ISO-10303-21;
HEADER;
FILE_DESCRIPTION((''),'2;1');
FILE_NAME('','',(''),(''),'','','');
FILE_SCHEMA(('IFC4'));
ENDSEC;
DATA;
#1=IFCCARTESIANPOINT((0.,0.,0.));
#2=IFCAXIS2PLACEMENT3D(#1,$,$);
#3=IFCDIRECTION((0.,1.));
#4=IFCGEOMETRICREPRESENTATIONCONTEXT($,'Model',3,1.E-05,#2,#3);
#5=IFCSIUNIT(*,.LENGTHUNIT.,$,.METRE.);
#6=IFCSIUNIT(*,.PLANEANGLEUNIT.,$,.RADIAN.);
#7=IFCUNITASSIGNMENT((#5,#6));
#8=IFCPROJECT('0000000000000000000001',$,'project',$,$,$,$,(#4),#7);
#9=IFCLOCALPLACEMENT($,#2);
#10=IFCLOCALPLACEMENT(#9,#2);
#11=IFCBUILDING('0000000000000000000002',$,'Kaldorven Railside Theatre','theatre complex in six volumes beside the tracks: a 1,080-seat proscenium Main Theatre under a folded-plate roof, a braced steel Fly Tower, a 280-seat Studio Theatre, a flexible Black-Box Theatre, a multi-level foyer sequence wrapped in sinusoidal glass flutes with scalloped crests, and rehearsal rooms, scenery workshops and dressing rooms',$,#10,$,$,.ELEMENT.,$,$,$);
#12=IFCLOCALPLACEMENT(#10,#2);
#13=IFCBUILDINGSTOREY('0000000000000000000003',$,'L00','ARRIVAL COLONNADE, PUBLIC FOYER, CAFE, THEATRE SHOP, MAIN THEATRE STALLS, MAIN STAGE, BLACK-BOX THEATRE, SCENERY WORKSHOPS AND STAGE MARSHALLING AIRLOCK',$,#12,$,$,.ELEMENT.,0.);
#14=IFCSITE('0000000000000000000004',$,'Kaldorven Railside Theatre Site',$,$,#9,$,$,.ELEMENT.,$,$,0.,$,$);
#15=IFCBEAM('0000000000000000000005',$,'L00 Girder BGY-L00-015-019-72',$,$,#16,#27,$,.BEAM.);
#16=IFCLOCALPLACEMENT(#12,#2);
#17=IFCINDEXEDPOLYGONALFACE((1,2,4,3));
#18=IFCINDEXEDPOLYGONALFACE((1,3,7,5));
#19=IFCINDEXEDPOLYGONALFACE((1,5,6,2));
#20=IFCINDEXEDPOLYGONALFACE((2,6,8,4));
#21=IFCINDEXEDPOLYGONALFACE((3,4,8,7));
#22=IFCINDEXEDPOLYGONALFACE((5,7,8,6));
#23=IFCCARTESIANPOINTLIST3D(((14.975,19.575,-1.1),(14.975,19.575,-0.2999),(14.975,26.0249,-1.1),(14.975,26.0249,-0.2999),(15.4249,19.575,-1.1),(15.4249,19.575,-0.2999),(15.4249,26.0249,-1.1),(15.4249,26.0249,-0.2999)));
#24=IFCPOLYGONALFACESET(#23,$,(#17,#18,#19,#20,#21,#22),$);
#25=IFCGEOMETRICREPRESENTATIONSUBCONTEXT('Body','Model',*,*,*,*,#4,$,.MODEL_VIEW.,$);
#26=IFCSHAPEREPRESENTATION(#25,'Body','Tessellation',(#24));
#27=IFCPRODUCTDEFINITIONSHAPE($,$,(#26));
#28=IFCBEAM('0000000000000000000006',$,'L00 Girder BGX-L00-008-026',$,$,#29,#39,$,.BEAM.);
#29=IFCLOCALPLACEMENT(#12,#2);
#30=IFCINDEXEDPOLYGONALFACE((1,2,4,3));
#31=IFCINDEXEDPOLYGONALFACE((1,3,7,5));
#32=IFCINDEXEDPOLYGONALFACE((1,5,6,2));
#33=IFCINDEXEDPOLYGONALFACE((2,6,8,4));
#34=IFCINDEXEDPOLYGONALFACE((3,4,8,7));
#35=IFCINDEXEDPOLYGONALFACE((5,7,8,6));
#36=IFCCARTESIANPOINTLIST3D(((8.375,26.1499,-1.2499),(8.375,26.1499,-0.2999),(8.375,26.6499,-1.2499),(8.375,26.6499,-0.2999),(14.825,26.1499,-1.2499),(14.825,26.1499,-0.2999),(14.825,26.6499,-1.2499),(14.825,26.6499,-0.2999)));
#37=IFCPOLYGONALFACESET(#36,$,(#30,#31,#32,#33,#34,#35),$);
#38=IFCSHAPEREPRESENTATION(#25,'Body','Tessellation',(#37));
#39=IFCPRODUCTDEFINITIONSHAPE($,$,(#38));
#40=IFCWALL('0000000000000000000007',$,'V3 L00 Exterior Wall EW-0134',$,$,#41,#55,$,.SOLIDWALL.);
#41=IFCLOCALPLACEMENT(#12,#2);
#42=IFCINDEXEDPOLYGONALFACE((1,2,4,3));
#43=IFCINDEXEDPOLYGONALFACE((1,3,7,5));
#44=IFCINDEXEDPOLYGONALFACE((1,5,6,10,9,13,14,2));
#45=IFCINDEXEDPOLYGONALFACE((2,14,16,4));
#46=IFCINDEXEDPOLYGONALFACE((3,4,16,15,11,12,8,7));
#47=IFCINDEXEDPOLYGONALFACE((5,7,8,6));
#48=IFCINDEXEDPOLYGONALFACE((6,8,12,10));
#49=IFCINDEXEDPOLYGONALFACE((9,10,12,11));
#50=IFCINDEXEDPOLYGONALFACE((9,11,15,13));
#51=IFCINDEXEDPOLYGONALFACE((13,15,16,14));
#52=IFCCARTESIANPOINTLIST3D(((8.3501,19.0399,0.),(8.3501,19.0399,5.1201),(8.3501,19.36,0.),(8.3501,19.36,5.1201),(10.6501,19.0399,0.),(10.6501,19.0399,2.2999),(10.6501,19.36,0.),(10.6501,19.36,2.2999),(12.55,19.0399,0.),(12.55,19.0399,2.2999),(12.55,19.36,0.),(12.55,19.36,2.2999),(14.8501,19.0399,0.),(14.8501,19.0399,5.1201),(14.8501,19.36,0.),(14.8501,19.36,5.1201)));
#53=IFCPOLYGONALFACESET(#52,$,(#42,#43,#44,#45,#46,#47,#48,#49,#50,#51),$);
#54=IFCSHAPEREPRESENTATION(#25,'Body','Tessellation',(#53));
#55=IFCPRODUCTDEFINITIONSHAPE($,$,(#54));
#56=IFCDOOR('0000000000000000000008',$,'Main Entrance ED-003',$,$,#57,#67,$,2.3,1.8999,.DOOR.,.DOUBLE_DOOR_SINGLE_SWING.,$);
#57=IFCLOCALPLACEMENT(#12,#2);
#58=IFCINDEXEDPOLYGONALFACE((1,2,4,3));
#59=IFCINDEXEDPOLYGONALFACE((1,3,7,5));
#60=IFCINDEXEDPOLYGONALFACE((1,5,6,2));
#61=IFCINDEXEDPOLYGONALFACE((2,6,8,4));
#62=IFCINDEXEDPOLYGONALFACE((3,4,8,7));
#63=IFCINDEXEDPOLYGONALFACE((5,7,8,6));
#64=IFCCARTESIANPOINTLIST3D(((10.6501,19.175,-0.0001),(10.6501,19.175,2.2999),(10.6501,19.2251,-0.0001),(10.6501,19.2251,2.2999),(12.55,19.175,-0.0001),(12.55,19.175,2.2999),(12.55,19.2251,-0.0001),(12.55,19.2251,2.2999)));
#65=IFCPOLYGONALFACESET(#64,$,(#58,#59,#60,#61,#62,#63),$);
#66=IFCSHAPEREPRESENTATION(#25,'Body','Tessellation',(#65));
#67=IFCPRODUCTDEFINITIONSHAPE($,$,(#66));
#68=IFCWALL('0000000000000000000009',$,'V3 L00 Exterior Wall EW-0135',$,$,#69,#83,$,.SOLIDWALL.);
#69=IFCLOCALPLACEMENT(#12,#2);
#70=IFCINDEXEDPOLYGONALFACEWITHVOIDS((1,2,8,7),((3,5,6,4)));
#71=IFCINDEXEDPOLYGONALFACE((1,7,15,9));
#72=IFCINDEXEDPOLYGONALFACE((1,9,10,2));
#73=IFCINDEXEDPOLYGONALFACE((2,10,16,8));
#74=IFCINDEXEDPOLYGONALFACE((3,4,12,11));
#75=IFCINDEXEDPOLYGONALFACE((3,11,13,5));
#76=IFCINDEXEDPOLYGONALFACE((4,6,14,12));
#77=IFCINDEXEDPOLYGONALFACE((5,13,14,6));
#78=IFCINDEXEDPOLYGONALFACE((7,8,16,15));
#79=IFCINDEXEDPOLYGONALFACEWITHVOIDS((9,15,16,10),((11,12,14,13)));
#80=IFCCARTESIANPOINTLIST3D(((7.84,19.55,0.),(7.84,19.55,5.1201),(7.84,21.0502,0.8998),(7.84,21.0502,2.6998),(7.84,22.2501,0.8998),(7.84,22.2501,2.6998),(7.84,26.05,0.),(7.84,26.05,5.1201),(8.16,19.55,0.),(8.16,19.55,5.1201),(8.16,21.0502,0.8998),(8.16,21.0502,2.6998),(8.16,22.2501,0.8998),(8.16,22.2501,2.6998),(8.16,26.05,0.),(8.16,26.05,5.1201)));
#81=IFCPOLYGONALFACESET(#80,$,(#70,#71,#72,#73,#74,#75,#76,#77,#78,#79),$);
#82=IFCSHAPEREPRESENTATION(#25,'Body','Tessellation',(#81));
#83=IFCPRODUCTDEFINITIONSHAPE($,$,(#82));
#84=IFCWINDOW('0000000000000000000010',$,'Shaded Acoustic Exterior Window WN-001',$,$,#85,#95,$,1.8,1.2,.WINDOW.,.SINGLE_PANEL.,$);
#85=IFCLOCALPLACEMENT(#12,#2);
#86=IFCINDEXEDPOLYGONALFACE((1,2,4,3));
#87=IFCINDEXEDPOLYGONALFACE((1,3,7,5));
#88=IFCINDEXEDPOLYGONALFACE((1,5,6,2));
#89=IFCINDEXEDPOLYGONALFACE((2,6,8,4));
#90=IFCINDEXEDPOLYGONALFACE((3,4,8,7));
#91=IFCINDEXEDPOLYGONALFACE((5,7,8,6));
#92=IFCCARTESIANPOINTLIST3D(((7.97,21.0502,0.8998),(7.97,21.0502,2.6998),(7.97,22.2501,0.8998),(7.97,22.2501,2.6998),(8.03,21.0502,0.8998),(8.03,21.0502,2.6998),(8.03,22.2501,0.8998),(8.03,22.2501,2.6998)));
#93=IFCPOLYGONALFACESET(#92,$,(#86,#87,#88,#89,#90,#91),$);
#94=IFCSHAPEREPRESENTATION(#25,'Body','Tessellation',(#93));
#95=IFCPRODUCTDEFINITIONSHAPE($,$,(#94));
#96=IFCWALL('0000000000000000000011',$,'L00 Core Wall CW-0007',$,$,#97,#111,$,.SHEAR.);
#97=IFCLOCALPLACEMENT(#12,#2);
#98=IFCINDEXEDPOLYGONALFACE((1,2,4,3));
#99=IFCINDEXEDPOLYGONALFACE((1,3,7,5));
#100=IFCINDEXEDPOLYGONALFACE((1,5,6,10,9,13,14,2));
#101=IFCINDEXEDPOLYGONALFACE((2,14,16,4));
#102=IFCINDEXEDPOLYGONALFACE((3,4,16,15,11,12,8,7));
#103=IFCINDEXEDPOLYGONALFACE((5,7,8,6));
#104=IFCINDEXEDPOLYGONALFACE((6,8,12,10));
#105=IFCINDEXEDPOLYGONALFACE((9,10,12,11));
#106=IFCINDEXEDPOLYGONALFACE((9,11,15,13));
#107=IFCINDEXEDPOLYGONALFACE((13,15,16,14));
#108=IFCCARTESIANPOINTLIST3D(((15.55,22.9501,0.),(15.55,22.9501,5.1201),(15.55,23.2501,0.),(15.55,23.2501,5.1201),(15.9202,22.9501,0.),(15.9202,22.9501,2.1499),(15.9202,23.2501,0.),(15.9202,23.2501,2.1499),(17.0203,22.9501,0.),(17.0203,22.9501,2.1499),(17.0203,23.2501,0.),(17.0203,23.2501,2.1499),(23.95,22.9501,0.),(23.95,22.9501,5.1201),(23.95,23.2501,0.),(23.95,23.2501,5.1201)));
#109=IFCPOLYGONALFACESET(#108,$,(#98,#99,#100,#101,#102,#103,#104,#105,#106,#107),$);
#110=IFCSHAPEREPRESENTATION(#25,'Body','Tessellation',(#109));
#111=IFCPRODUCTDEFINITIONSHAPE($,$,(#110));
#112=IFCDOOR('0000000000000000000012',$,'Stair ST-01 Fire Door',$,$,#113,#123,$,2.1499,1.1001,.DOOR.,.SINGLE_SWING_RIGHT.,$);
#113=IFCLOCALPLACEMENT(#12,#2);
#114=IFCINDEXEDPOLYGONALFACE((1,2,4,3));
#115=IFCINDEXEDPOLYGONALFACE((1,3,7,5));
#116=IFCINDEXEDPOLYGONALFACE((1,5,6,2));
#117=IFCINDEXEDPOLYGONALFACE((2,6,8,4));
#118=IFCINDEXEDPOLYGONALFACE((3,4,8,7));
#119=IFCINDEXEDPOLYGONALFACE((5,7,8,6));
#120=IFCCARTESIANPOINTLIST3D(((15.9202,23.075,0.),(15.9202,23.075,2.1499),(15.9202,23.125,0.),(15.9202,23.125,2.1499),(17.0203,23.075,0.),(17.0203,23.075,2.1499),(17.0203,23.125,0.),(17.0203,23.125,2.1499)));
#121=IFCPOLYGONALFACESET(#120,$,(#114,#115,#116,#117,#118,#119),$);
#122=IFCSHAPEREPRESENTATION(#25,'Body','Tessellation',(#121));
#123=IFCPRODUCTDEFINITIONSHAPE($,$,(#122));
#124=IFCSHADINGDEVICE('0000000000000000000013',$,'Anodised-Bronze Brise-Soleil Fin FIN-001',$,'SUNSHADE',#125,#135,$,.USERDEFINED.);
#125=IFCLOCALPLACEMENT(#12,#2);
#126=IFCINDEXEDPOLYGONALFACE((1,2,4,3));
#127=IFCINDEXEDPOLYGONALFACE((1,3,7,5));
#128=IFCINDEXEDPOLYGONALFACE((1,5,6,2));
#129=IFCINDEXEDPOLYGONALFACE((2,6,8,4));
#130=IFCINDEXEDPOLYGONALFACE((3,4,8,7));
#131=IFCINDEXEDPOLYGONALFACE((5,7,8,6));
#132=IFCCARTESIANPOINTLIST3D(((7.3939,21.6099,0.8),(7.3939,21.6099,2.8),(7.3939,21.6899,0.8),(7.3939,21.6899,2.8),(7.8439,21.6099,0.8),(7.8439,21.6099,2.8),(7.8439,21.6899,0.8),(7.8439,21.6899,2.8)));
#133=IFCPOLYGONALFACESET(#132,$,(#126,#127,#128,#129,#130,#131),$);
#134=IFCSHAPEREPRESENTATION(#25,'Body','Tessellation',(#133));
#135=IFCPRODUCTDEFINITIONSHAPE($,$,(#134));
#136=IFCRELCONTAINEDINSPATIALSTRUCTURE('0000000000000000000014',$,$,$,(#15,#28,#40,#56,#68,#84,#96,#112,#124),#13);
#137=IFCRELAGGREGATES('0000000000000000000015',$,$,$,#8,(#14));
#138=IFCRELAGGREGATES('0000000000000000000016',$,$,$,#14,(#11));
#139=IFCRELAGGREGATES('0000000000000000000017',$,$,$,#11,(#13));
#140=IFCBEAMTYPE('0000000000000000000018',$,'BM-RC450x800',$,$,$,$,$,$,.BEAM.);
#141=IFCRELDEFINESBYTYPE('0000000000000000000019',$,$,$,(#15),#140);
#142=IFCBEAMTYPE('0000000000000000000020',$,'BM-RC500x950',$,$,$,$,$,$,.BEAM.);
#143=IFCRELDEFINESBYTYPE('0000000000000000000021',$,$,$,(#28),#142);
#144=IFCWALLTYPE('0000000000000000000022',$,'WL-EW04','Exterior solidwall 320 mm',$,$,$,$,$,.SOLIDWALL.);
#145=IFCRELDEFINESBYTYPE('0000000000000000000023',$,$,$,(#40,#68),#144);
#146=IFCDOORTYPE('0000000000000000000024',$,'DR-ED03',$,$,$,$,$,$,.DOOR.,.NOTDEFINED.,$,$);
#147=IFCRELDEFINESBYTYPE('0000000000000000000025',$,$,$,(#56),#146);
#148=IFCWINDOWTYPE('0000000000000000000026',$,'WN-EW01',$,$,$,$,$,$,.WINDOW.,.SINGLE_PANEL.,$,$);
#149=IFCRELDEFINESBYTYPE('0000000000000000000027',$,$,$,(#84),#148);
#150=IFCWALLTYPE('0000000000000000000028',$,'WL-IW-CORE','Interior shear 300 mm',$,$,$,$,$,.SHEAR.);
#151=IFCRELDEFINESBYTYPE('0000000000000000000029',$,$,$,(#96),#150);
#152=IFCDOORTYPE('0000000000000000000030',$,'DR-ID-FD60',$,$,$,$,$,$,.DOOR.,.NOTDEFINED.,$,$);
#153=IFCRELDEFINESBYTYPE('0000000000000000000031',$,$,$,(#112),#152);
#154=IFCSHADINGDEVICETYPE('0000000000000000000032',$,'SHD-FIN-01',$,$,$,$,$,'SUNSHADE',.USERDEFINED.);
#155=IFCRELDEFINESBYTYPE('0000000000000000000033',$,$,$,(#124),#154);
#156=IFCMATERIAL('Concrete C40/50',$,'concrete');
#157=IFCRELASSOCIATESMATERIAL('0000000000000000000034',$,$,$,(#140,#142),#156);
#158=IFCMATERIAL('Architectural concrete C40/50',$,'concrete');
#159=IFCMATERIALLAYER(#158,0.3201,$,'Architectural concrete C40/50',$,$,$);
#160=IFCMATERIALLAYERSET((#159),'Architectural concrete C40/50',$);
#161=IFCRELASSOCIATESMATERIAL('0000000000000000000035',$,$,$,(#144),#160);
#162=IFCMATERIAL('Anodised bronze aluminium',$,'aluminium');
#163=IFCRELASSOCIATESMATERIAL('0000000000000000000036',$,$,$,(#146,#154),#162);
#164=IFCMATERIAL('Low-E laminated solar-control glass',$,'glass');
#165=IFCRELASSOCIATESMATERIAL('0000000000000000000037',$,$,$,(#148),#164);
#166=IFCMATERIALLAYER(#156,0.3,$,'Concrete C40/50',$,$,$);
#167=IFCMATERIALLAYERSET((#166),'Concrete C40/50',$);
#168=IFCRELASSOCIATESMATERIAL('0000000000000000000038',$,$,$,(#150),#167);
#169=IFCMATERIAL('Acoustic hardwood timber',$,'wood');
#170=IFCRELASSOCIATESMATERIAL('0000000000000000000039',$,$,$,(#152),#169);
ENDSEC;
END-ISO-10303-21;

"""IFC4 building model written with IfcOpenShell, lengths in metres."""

from ifc_helpers import new_model, si_unit, direction, frame, frame_2d, origin, origin_2d, place, context, subcontext, project, spatial, rectangle, extrude, material, layer, layer_set, material_profile, profile_set, type_object, element, fill, save


model = new_model("IFC4")

# Units and contexts
model_context = context("Model", 3, precision=1e-05, world=origin(), true_north=direction((0.0, 1.0)))
body_context = subcontext(model_context, "Body", "Model", "MODEL_VIEW")
ifc_project = project(units=[si_unit("LENGTHUNIT", "METRE"), si_unit("PLANEANGLEUNIT", "RADIAN")], contexts=[model_context])

# Site, building, storey
site_placement = place(None, origin())
site = spatial("IfcSite", under=ifc_project, at=site_placement, Name="Kaldorven Railside Theatre Site", CompositionType="ELEMENT", RefElevation=0.0)
building_placement = place(site_placement, origin())
building = spatial("IfcBuilding", under=site, at=building_placement, Name="Kaldorven Railside Theatre", Description="theatre complex in six volumes beside the tracks: a 1,080-seat proscenium Main Theatre under a folded-plate roof, a braced steel Fly Tower, a 280-seat Studio Theatre, a flexible Black-Box Theatre, a multi-level foyer sequence wrapped in sinusoidal glass flutes with scalloped crests, and rehearsal rooms, scenery workshops and dressing rooms", CompositionType="ELEMENT")
storey_placement = place(building_placement, origin())
storey = spatial("IfcBuildingStorey", under=building, at=storey_placement, Name="L00", Description="ARRIVAL COLONNADE, PUBLIC FOYER, CAFE, THEATRE SHOP, MAIN THEATRE STALLS, MAIN STAGE, BLACK-BOX THEATRE, SCENERY WORKSHOPS AND STAGE MARSHALLING AIRLOCK", CompositionType="ELEMENT", Elevation=0.0)

# Shared definitions
ifc_material_1 = material(Name="Architectural concrete C40/50", Category="concrete")
ifc_material_2 = material(Name="Concrete C40/50", Category="concrete")

# Beams
ifc_material_profile_1 = material_profile(ifc_material_2, rectangle(XDim=0.45, YDim=0.8, at=origin_2d()), Name="RC 450x800")
ifc_profile_set_1 = profile_set([ifc_material_profile_1], Name="Concrete C40/50")
beam_type_1 = type_object("IfcBeamType", Name="BM-RC450x800", PredefinedType="BEAM", material=ifc_profile_set_1)
beam_1_placement = place(storey_placement, frame((15.2, 19.575, -0.7), z_axis=(0.0, 1.0, 0.0), x_axis=(-1.0, 0.0, 0.0)))
element("IfcBeam", 1, at=beam_1_placement, inside=storey, type_object=beam_type_1, Name="L00 Girder BGY-L00-015-019-72", PredefinedType="BEAM", context=body_context, shape_type="SweptSolid", body=[
    extrude(rectangle(XDim=0.45, YDim=0.8, at=origin_2d()), origin(), (0.0, 0.0, 1.0), 6.45),
])
ifc_material_profile_2 = material_profile(ifc_material_2, rectangle(XDim=0.5, YDim=0.95, at=origin_2d()), Name="RC 500x950")
ifc_profile_set_2 = profile_set([ifc_material_profile_2], Name="Concrete C40/50")
beam_type_2 = type_object("IfcBeamType", Name="BM-RC500x950", PredefinedType="BEAM", material=ifc_profile_set_2)
beam_2_placement = place(storey_placement, frame((8.375, 26.3999, -0.7749), z_axis=(1.0, 0.0, 0.0), x_axis=(0.0, 1.0, 0.0)))
element("IfcBeam", 2, at=beam_2_placement, inside=storey, type_object=beam_type_2, Name="L00 Girder BGX-L00-008-026", PredefinedType="BEAM", context=body_context, shape_type="SweptSolid", body=[
    extrude(rectangle(XDim=0.5, YDim=0.95, at=origin_2d()), origin(), (0.0, 0.0, 1.0), 6.45),
])

# Wall, opening, door
ifc_layer_1 = layer(ifc_material_1, 0.3201, Name="Architectural concrete C40/50")
ifc_layer_set_1 = layer_set([ifc_layer_1], Name="Architectural concrete C40/50")
wall_type_1 = type_object("IfcWallType", Name="WL-EW04", Description="Exterior solidwall 320 mm", PredefinedType="SOLIDWALL", material=ifc_layer_set_1)
wall_1_placement = place(storey_placement, frame((14.8501, 19.2, 0.0), z_axis=(0.0, 0.0, 1.0), x_axis=(-1.0, 0.0, 0.0)))
wall_1 = element("IfcWall", 3, at=wall_1_placement, inside=storey, type_object=wall_type_1, Name="V3 L00 Exterior Wall EW-0134", PredefinedType="SOLIDWALL", context=body_context, shape_type="SweptSolid", body=[
    extrude(rectangle(XDim=6.5, YDim=0.3201, at=frame_2d((3.25, 0.0))), origin(), (0.0, 0.0, 1.0), 5.1201),
])
opening_1_placement = place(wall_1_placement, frame((2.3, 0.0, 0.0)))
opening_1 = element("IfcOpeningElement", 4, at=opening_1_placement, cuts=wall_1, PredefinedType="OPENING", context=body_context, shape_type="SweptSolid", body=[
    extrude(rectangle(XDim=1.8999, YDim=2.3, at=frame_2d((0.95, 1.1499))), frame((0.0, 0.1699, 0.0), z_axis=(0.0, -1.0, 0.0), x_axis=(1.0, 0.0, 0.0)), (0.0, 0.0, 1.0), 0.3401),
])
ifc_material_3 = material(Name="Anodised bronze aluminium", Category="aluminium")
door_type_1 = type_object("IfcDoorType", Name="DR-ED03", OperationType="NOTDEFINED", PredefinedType="DOOR", material=ifc_material_3)
door_1_placement = place(opening_1_placement, origin())
door_1 = element("IfcDoor", 5, at=door_1_placement, inside=storey, type_object=door_type_1, Name="Main Entrance ED-003", OperationType="DOUBLE_DOOR_SINGLE_SWING", OverallHeight=2.3, OverallWidth=1.8999, PredefinedType="DOOR", context=body_context, shape_type="SweptSolid", body=[
    extrude(rectangle(XDim=1.8999, YDim=2.3, at=frame_2d((0.95, 1.1499))), frame((0.0, 0.0249, 0.0), z_axis=(0.0, -1.0, 0.0), x_axis=(1.0, 0.0, 0.0)), (0.0, 0.0, 1.0), 0.05),
])
fill(opening_1, door_1)

# Wall, opening, window
wall_2_placement = place(storey_placement, frame((8.0, 19.55, 0.0), z_axis=(0.0, 0.0, 1.0), x_axis=(0.0, 1.0, 0.0)))
wall_2 = element("IfcWall", 6, at=wall_2_placement, inside=storey, type_object=wall_type_1, Name="V3 L00 Exterior Wall EW-0135", PredefinedType="SOLIDWALL", context=body_context, shape_type="SweptSolid", body=[
    extrude(rectangle(XDim=6.5, YDim=0.3201, at=frame_2d((3.25, 0.0))), origin(), (0.0, 0.0, 1.0), 5.1201),
])
opening_2_placement = place(wall_2_placement, frame((1.5, 0.0, 0.8999)))
opening_2 = element("IfcOpeningElement", 7, at=opening_2_placement, cuts=wall_2, PredefinedType="OPENING", context=body_context, shape_type="SweptSolid", body=[
    extrude(rectangle(XDim=1.2, YDim=1.8, at=frame_2d((0.6001, 0.8999))), frame((0.0, 0.1699, 0.0), z_axis=(0.0, -1.0, 0.0), x_axis=(1.0, 0.0, 0.0)), (0.0, 0.0, 1.0), 0.3401),
])
ifc_material_4 = material(Name="Low-E laminated solar-control glass", Category="glass")
window_type = type_object("IfcWindowType", Name="WN-EW01", PartitioningType="SINGLE_PANEL", PredefinedType="WINDOW", material=ifc_material_4)
window_placement = place(opening_2_placement, origin())
window = element("IfcWindow", 8, at=window_placement, inside=storey, type_object=window_type, Name="Shaded Acoustic Exterior Window WN-001", OverallHeight=1.8, OverallWidth=1.2, PartitioningType="SINGLE_PANEL", PredefinedType="WINDOW", context=body_context, shape_type="SweptSolid", body=[
    extrude(rectangle(XDim=1.2, YDim=1.8, at=frame_2d((0.6001, 0.8999))), frame((0.0, 0.03, 0.0), z_axis=(0.0, -1.0, 0.0), x_axis=(1.0, 0.0, 0.0)), (0.0, 0.0, 1.0), 0.0601),
])
fill(opening_2, window)

# Wall, opening, door
ifc_layer_2 = layer(ifc_material_2, 0.3, Name="Concrete C40/50")
ifc_layer_set_2 = layer_set([ifc_layer_2], Name="Concrete C40/50")
wall_type_2 = type_object("IfcWallType", Name="WL-IW-CORE", Description="Interior shear 300 mm", PredefinedType="SHEAR", material=ifc_layer_set_2)
wall_3_placement = place(storey_placement, frame((15.55, 23.1001, 0.0), z_axis=(0.0, 0.0, 1.0), x_axis=(1.0, 0.0, 0.0)))
wall_3 = element("IfcWall", 9, at=wall_3_placement, inside=storey, type_object=wall_type_2, Name="L00 Core Wall CW-0007", PredefinedType="SHEAR", context=body_context, shape_type="SweptSolid", body=[
    extrude(rectangle(XDim=8.3999, YDim=0.3, at=frame_2d((4.2, 0.0))), origin(), (0.0, 0.0, 1.0), 5.1201),
])
opening_3_placement = place(wall_3_placement, frame((0.3701, 0.0, 0.0)))
opening_3 = element("IfcOpeningElement", 10, at=opening_3_placement, cuts=wall_3, PredefinedType="OPENING", context=body_context, shape_type="SweptSolid", body=[
    extrude(rectangle(XDim=1.1001, YDim=2.1499, at=frame_2d((0.55, 1.075))), frame((0.0, 0.1602, 0.0), z_axis=(0.0, -1.0, 0.0), x_axis=(1.0, 0.0, 0.0)), (0.0, 0.0, 1.0), 0.3201),
])
ifc_material_5 = material(Name="Acoustic hardwood timber", Category="wood")
door_type_2 = type_object("IfcDoorType", Name="DR-ID-FD60", OperationType="NOTDEFINED", PredefinedType="DOOR", material=ifc_material_5)
door_2_placement = place(opening_3_placement, origin())
door_2 = element("IfcDoor", 11, at=door_2_placement, inside=storey, type_object=door_type_2, Name="Stair ST-01 Fire Door", OperationType="SINGLE_SWING_RIGHT", OverallHeight=2.1499, OverallWidth=1.1001, PredefinedType="DOOR", context=body_context, shape_type="SweptSolid", body=[
    extrude(rectangle(XDim=1.1001, YDim=2.1499, at=frame_2d((0.55, 1.075))), frame((0.0, 0.0249, 0.0), z_axis=(0.0, -1.0, 0.0), x_axis=(1.0, 0.0, 0.0)), (0.0, 0.0, 1.0), 0.05),
])
fill(opening_3, door_2)

# Shading device
shading_device_type = type_object("IfcShadingDeviceType", Name="SHD-FIN-01", ElementType="SUNSHADE", PredefinedType="USERDEFINED", material=ifc_material_3)
shading_device_placement = place(storey_placement, frame((7.6189, 21.6499, 0.8), z_axis=(0.0, 0.0, 1.0), x_axis=(0.0, 1.0, 0.0)))
element("IfcShadingDevice", 12, at=shading_device_placement, inside=storey, type_object=shading_device_type, Name="Anodised-Bronze Brise-Soleil Fin FIN-001", ObjectType="SUNSHADE", PredefinedType="USERDEFINED", context=body_context, shape_type="SweptSolid", body=[
    extrude(rectangle(XDim=0.0801, YDim=0.45, at=origin_2d()), origin(), (0.0, 0.0, 1.0), 2.0),
])

save(model, "model.ifc")
